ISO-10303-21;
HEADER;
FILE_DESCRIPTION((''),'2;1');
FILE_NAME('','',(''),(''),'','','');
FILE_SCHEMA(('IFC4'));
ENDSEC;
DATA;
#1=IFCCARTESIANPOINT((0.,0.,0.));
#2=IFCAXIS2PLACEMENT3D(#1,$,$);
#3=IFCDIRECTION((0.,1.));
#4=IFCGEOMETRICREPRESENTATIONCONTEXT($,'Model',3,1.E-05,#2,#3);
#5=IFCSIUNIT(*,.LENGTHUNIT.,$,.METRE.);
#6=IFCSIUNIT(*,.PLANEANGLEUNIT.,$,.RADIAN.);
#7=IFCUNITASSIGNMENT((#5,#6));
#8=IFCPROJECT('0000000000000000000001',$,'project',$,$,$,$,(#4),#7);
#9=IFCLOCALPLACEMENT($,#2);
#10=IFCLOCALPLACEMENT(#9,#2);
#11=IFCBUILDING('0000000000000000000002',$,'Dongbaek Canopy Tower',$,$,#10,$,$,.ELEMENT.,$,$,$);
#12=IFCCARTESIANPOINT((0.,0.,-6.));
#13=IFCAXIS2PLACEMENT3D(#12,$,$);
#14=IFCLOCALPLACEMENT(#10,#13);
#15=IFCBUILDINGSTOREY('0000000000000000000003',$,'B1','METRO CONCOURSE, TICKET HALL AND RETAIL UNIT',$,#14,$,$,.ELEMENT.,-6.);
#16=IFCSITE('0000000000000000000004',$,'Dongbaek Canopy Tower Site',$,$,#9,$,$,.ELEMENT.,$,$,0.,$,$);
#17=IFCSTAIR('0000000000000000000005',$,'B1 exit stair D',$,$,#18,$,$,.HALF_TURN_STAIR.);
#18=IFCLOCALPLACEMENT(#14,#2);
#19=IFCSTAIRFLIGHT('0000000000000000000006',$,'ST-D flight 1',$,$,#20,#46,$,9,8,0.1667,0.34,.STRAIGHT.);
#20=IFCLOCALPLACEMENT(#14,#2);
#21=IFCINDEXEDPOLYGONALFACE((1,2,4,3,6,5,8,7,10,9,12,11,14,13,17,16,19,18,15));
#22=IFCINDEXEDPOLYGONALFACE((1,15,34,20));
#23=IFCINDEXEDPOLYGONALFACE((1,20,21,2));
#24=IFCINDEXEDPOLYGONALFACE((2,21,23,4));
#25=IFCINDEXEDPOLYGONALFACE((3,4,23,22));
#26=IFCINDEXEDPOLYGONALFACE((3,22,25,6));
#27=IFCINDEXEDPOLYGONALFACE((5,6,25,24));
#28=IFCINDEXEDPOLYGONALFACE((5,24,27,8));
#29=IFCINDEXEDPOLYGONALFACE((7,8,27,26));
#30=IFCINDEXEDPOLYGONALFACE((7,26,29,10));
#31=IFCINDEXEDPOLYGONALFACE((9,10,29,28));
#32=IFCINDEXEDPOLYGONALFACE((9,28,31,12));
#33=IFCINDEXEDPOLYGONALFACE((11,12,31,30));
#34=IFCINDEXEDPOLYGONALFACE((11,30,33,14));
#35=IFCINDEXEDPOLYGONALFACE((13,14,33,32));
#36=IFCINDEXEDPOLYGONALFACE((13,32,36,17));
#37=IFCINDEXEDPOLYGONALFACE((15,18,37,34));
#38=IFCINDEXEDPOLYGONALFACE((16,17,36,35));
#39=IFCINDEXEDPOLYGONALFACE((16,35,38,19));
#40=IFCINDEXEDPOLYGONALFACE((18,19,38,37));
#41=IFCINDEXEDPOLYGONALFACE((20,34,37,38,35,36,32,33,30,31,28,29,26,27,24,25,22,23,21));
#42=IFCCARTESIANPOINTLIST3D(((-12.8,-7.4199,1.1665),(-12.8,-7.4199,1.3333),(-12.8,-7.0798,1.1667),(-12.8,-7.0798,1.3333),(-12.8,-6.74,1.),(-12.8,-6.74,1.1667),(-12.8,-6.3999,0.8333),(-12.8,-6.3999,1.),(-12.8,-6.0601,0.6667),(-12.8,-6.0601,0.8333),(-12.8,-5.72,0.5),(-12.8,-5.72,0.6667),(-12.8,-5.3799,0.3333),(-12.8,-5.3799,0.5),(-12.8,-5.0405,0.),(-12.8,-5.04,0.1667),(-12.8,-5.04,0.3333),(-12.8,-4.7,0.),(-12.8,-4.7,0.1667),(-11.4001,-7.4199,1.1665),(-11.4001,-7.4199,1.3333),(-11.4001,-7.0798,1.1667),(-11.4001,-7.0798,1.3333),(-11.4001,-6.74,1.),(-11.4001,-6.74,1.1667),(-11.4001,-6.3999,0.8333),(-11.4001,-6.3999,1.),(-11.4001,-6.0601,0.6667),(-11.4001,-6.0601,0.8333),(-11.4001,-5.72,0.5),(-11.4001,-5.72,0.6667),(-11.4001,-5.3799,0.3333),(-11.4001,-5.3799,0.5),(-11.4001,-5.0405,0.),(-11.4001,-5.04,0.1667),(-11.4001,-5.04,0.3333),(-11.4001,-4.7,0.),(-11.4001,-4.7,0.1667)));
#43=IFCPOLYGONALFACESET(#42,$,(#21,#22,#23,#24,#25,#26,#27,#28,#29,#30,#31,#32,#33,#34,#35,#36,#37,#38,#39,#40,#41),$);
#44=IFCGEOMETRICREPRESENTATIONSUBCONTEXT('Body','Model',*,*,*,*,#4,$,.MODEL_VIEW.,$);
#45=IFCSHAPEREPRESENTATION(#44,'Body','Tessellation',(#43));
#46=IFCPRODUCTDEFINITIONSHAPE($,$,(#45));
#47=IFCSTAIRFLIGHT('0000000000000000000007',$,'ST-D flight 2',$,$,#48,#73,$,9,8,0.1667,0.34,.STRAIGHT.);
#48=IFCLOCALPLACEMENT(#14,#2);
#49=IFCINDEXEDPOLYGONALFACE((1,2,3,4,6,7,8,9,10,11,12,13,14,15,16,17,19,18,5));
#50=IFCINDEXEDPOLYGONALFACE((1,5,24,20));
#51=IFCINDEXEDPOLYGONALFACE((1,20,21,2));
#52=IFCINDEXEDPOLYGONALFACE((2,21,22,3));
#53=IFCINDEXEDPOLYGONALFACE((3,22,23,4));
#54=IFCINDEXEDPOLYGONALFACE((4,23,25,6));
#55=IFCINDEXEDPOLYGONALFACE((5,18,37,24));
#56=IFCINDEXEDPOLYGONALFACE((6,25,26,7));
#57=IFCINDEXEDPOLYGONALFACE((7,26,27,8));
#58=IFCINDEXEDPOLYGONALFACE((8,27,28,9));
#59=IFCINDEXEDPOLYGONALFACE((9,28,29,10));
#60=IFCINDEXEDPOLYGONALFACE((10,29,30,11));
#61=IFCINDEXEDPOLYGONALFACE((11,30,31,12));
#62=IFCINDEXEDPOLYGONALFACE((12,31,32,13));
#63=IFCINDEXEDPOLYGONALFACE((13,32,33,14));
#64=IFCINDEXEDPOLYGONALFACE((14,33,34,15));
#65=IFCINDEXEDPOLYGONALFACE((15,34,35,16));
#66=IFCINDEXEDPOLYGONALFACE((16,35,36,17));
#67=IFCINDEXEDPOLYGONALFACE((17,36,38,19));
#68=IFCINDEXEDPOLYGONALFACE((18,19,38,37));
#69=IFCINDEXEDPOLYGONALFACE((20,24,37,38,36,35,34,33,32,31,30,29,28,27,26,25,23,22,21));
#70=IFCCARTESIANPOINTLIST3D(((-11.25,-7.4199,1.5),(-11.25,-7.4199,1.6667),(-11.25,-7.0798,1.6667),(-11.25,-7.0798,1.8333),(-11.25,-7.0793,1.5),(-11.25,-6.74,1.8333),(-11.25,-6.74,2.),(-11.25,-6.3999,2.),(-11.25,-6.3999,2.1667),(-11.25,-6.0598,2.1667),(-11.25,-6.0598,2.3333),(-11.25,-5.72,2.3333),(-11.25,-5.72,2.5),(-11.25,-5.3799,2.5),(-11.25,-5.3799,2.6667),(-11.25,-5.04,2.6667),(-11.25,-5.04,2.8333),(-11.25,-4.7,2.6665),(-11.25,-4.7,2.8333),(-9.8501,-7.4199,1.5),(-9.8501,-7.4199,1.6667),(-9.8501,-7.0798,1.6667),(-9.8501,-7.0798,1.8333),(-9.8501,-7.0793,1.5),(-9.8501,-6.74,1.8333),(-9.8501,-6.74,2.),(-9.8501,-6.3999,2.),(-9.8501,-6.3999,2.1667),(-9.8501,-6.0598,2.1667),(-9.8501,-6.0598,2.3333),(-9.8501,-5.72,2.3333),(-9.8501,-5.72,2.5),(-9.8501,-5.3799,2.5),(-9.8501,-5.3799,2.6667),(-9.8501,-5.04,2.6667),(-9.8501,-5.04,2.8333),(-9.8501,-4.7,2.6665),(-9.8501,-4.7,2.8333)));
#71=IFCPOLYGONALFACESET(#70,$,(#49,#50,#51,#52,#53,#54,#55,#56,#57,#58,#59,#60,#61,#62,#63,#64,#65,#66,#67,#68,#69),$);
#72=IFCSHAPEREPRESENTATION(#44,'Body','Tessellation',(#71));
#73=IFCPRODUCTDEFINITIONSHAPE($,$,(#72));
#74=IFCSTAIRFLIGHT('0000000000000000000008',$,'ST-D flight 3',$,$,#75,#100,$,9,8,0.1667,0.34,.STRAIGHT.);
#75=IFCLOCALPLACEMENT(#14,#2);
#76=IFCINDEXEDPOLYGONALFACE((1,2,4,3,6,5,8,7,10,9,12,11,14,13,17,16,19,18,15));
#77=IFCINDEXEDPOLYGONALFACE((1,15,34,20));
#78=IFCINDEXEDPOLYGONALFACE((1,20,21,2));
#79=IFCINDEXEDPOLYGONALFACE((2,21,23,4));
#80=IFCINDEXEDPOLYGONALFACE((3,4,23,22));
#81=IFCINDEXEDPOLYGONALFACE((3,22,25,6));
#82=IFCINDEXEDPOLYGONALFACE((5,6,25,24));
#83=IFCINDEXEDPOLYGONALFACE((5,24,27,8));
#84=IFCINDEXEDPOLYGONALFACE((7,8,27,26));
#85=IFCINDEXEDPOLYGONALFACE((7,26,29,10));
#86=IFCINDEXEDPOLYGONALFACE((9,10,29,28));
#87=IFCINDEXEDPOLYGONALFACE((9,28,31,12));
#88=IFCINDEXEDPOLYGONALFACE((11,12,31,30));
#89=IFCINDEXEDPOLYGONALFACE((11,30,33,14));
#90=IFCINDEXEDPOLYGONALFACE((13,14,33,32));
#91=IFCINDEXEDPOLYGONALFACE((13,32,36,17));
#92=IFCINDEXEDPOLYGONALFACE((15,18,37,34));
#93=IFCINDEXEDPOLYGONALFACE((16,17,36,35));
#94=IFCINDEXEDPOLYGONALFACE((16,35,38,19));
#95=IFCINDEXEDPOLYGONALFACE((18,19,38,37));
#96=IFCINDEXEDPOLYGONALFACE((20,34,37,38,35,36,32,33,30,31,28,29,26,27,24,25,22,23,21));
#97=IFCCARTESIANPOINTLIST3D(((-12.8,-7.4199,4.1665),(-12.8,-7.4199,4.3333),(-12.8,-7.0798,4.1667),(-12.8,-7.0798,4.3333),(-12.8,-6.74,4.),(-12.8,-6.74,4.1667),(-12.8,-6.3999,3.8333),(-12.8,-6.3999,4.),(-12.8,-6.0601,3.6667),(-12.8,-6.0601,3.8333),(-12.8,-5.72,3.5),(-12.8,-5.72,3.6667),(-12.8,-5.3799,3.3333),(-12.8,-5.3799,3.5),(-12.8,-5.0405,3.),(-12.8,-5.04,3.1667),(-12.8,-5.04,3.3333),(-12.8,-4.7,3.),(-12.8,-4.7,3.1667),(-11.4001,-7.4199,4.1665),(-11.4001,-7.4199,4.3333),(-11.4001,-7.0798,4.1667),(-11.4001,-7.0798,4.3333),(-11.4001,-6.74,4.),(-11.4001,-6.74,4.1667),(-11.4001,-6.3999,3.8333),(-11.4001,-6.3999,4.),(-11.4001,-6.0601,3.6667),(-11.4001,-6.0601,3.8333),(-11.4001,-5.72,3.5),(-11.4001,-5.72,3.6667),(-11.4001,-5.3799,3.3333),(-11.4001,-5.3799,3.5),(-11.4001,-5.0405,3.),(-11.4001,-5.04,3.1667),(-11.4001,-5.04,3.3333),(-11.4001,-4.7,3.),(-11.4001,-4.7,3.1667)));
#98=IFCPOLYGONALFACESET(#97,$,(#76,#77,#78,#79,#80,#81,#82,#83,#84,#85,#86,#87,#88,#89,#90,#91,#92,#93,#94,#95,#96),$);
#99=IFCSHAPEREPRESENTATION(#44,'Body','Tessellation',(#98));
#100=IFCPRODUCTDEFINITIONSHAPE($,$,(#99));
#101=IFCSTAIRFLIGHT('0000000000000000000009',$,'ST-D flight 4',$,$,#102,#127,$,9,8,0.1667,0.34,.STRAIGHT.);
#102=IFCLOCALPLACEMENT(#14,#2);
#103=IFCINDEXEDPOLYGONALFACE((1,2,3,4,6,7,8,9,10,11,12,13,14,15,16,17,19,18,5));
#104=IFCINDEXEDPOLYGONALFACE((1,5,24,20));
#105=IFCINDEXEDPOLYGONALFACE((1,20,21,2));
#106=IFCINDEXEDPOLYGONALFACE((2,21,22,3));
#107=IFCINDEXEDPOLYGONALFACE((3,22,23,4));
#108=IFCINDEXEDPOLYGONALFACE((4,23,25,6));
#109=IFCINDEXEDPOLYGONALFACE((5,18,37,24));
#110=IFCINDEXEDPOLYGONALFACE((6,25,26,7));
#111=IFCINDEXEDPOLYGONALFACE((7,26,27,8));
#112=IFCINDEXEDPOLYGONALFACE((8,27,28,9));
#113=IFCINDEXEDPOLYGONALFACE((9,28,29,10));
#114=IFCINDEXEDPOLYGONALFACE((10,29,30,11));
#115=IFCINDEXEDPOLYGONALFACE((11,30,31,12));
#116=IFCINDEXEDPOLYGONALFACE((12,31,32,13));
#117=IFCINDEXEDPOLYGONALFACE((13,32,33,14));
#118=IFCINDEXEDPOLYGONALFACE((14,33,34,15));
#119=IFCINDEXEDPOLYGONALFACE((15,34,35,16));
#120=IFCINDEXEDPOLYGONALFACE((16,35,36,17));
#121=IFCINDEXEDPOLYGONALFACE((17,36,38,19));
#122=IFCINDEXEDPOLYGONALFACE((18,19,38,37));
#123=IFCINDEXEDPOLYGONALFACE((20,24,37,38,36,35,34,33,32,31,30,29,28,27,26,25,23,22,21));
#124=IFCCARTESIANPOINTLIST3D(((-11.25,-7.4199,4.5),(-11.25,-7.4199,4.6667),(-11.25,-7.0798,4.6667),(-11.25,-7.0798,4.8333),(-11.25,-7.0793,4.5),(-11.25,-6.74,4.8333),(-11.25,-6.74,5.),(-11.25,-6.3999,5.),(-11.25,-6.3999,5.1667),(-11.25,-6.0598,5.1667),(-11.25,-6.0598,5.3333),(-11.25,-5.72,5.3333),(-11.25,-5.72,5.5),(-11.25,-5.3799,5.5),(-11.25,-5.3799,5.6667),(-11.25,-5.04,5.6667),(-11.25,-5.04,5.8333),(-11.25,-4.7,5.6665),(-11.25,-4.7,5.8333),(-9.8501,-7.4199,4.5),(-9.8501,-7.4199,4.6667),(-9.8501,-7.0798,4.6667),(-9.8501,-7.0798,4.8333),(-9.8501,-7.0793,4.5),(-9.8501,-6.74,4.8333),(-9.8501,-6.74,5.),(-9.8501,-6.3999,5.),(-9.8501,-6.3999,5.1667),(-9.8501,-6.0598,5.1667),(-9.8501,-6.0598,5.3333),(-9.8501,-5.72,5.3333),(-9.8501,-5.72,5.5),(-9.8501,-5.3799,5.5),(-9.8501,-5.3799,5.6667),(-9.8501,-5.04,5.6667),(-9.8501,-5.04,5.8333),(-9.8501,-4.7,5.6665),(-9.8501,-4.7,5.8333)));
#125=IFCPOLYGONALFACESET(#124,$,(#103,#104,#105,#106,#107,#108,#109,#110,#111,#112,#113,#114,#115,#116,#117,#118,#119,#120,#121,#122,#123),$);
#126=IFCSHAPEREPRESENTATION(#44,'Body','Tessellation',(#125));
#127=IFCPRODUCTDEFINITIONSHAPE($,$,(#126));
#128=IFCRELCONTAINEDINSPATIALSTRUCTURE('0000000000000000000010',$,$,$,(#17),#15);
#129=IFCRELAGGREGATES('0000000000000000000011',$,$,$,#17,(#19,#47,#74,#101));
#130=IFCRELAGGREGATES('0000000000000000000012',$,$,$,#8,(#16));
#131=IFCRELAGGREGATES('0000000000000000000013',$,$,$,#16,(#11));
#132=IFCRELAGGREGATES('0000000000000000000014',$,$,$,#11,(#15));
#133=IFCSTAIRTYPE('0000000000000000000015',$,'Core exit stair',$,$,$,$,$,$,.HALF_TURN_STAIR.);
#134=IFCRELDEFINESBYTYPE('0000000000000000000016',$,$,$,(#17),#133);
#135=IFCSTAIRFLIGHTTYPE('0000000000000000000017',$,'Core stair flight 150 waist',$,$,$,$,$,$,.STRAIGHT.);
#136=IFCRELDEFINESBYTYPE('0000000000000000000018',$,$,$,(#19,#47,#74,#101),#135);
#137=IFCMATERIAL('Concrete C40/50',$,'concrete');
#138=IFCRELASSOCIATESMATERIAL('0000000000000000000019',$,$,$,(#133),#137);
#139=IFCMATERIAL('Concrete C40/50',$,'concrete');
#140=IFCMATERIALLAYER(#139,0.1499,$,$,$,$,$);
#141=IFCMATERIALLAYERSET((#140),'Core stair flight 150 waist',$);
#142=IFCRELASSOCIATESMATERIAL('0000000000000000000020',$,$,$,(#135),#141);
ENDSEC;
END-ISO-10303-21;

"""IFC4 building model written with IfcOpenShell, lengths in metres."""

from ifc_helpers import new_model, si_unit, direction, frame, origin, place, context, subcontext, project, spatial, polyline, outline, extrude, material, layer, layer_set, type_object, element, aggregate, save


model = new_model("IFC4")

# Units and contexts
model_context = context("Model", 3, precision=1e-05, world=origin(), true_north=direction((0.0, 1.0)))
body_context = subcontext(model_context, "Body", "Model", "MODEL_VIEW")
ifc_project = project(units=[si_unit("LENGTHUNIT", "METRE"), si_unit("PLANEANGLEUNIT", "RADIAN")], contexts=[model_context])

# Site, building, storey
site_placement = place(None, origin())
site = spatial("IfcSite", under=ifc_project, at=site_placement, Name="Dongbaek Canopy Tower Site", CompositionType="ELEMENT", RefElevation=0.0)
building_placement = place(site_placement, origin())
building = spatial("IfcBuilding", under=site, at=building_placement, Name="Dongbaek Canopy Tower", CompositionType="ELEMENT")
storey_placement = place(building_placement, frame((0.0, 0.0, -6.0)))
storey = spatial("IfcBuildingStorey", under=building, at=storey_placement, Name="B1", Description="METRO CONCOURSE, TICKET HALL AND RETAIL UNIT", CompositionType="ELEMENT", Elevation=-6.0)

# Stair, stair flights
ifc_material_1 = material(Name="Concrete C40/50", Category="concrete")
stair_type = type_object("IfcStairType", Name="Core exit stair", PredefinedType="HALF_TURN_STAIR", material=ifc_material_1)
stair_placement = place(storey_placement, origin())
stair = element("IfcStair", 1, at=stair_placement, inside=storey, type_object=stair_type, Name="B1 exit stair D", PredefinedType="HALF_TURN_STAIR")
ifc_material_2 = material(Name="Concrete C40/50", Category="concrete")
ifc_layer_1 = layer(ifc_material_2, 0.1499)
ifc_layer_set_1 = layer_set([ifc_layer_1], Name="Core stair flight 150 waist")
stair_flight_type = type_object("IfcStairFlightType", Name="Core stair flight 150 waist", PredefinedType="STRAIGHT", material=ifc_layer_set_1)
stair_flight_1_placement = place(storey_placement, frame((-12.1001, -4.7, 0.0), z_axis=(0.0, 0.0, 1.0), x_axis=(0.0, -1.0, 0.0)))
stair_flight_1 = element("IfcStairFlight", 2, at=stair_flight_1_placement, type_object=stair_flight_type, Name="ST-D flight 1", NumberOfRisers=9, NumberOfTreads=8, PredefinedType="STRAIGHT", RiserHeight=0.1667, TreadLength=0.34, context=body_context, shape_type="SweptSolid", body=[
    extrude(outline(polyline([(0.0, 0.0), (0.0, 0.1667), (0.3401, 0.1667), (0.3401, 0.3333), (0.6799, 0.3333), (0.6799, 0.5), (1.02, 0.5), (1.02, 0.6667), (1.3601, 0.6667), (1.3601, 0.8333), (1.7, 0.8333), (1.7, 1.0), (2.04, 1.0), (2.04, 1.1667), (2.3799, 1.1667), (2.3799, 1.3333), (2.72, 1.3333), (2.72, 1.5), (2.72, 1.1665), (0.3406, 0.0), (0.0, 0.0)])), frame((0.0, 0.7, 0.0), z_axis=(0.0, -1.0, 0.0), x_axis=(1.0, 0.0, 0.0)), (0.0, 0.0, 1.0), 1.3999),
])
stair_flight_2_placement = place(storey_placement, frame((-10.55, -7.4199, 1.5), z_axis=(0.0, 0.0, 1.0), x_axis=(0.0, 1.0, 0.0)))
stair_flight_2 = element("IfcStairFlight", 3, at=stair_flight_2_placement, type_object=stair_flight_type, Name="ST-D flight 2", NumberOfRisers=9, NumberOfTreads=8, PredefinedType="STRAIGHT", RiserHeight=0.1667, TreadLength=0.34, context=body_context, shape_type="SweptSolid", body=[
    extrude(outline(polyline([(0.0, 0.0), (0.0, 0.1667), (0.3401, 0.1667), (0.3401, 0.3333), (0.6799, 0.3333), (0.6799, 0.5), (1.02, 0.5), (1.02, 0.6667), (1.3601, 0.6667), (1.3601, 0.8333), (1.7, 0.8333), (1.7, 1.0), (2.04, 1.0), (2.04, 1.1667), (2.3799, 1.1667), (2.3799, 1.3333), (2.72, 1.3333), (2.72, 1.5), (2.72, 1.1665), (0.3406, 0.0), (0.0, 0.0)])), frame((0.0, 0.7, 0.0), z_axis=(0.0, -1.0, 0.0), x_axis=(1.0, 0.0, 0.0)), (0.0, 0.0, 1.0), 1.3999),
])
stair_flight_3_placement = place(storey_placement, frame((-12.1001, -4.7, 3.0), z_axis=(0.0, 0.0, 1.0), x_axis=(0.0, -1.0, 0.0)))
stair_flight_3 = element("IfcStairFlight", 4, at=stair_flight_3_placement, type_object=stair_flight_type, Name="ST-D flight 3", NumberOfRisers=9, NumberOfTreads=8, PredefinedType="STRAIGHT", RiserHeight=0.1667, TreadLength=0.34, context=body_context, shape_type="SweptSolid", body=[
    extrude(outline(polyline([(0.0, 0.0), (0.0, 0.1667), (0.3401, 0.1667), (0.3401, 0.3333), (0.6799, 0.3333), (0.6799, 0.5), (1.02, 0.5), (1.02, 0.6667), (1.3601, 0.6667), (1.3601, 0.8333), (1.7, 0.8333), (1.7, 1.0), (2.04, 1.0), (2.04, 1.1667), (2.3799, 1.1667), (2.3799, 1.3333), (2.72, 1.3333), (2.72, 1.5), (2.72, 1.1665), (0.3406, 0.0), (0.0, 0.0)])), frame((0.0, 0.7, 0.0), z_axis=(0.0, -1.0, 0.0), x_axis=(1.0, 0.0, 0.0)), (0.0, 0.0, 1.0), 1.3999),
])
stair_flight_4_placement = place(storey_placement, frame((-10.55, -7.4199, 4.5), z_axis=(0.0, 0.0, 1.0), x_axis=(0.0, 1.0, 0.0)))
stair_flight_4 = element("IfcStairFlight", 5, at=stair_flight_4_placement, type_object=stair_flight_type, Name="ST-D flight 4", NumberOfRisers=9, NumberOfTreads=8, PredefinedType="STRAIGHT", RiserHeight=0.1667, TreadLength=0.34, context=body_context, shape_type="SweptSolid", body=[
    extrude(outline(polyline([(0.0, 0.0), (0.0, 0.1667), (0.3401, 0.1667), (0.3401, 0.3333), (0.6799, 0.3333), (0.6799, 0.5), (1.02, 0.5), (1.02, 0.6667), (1.3601, 0.6667), (1.3601, 0.8333), (1.7, 0.8333), (1.7, 1.0), (2.04, 1.0), (2.04, 1.1667), (2.3799, 1.1667), (2.3799, 1.3333), (2.72, 1.3333), (2.72, 1.5), (2.72, 1.1665), (0.3406, 0.0), (0.0, 0.0)])), frame((0.0, 0.7, 0.0), z_axis=(0.0, -1.0, 0.0), x_axis=(1.0, 0.0, 0.0)), (0.0, 0.0, 1.0), 1.3999),
])
aggregate(stair, [stair_flight_1, stair_flight_2, stair_flight_3, stair_flight_4])

save(model, "model.ifc")
